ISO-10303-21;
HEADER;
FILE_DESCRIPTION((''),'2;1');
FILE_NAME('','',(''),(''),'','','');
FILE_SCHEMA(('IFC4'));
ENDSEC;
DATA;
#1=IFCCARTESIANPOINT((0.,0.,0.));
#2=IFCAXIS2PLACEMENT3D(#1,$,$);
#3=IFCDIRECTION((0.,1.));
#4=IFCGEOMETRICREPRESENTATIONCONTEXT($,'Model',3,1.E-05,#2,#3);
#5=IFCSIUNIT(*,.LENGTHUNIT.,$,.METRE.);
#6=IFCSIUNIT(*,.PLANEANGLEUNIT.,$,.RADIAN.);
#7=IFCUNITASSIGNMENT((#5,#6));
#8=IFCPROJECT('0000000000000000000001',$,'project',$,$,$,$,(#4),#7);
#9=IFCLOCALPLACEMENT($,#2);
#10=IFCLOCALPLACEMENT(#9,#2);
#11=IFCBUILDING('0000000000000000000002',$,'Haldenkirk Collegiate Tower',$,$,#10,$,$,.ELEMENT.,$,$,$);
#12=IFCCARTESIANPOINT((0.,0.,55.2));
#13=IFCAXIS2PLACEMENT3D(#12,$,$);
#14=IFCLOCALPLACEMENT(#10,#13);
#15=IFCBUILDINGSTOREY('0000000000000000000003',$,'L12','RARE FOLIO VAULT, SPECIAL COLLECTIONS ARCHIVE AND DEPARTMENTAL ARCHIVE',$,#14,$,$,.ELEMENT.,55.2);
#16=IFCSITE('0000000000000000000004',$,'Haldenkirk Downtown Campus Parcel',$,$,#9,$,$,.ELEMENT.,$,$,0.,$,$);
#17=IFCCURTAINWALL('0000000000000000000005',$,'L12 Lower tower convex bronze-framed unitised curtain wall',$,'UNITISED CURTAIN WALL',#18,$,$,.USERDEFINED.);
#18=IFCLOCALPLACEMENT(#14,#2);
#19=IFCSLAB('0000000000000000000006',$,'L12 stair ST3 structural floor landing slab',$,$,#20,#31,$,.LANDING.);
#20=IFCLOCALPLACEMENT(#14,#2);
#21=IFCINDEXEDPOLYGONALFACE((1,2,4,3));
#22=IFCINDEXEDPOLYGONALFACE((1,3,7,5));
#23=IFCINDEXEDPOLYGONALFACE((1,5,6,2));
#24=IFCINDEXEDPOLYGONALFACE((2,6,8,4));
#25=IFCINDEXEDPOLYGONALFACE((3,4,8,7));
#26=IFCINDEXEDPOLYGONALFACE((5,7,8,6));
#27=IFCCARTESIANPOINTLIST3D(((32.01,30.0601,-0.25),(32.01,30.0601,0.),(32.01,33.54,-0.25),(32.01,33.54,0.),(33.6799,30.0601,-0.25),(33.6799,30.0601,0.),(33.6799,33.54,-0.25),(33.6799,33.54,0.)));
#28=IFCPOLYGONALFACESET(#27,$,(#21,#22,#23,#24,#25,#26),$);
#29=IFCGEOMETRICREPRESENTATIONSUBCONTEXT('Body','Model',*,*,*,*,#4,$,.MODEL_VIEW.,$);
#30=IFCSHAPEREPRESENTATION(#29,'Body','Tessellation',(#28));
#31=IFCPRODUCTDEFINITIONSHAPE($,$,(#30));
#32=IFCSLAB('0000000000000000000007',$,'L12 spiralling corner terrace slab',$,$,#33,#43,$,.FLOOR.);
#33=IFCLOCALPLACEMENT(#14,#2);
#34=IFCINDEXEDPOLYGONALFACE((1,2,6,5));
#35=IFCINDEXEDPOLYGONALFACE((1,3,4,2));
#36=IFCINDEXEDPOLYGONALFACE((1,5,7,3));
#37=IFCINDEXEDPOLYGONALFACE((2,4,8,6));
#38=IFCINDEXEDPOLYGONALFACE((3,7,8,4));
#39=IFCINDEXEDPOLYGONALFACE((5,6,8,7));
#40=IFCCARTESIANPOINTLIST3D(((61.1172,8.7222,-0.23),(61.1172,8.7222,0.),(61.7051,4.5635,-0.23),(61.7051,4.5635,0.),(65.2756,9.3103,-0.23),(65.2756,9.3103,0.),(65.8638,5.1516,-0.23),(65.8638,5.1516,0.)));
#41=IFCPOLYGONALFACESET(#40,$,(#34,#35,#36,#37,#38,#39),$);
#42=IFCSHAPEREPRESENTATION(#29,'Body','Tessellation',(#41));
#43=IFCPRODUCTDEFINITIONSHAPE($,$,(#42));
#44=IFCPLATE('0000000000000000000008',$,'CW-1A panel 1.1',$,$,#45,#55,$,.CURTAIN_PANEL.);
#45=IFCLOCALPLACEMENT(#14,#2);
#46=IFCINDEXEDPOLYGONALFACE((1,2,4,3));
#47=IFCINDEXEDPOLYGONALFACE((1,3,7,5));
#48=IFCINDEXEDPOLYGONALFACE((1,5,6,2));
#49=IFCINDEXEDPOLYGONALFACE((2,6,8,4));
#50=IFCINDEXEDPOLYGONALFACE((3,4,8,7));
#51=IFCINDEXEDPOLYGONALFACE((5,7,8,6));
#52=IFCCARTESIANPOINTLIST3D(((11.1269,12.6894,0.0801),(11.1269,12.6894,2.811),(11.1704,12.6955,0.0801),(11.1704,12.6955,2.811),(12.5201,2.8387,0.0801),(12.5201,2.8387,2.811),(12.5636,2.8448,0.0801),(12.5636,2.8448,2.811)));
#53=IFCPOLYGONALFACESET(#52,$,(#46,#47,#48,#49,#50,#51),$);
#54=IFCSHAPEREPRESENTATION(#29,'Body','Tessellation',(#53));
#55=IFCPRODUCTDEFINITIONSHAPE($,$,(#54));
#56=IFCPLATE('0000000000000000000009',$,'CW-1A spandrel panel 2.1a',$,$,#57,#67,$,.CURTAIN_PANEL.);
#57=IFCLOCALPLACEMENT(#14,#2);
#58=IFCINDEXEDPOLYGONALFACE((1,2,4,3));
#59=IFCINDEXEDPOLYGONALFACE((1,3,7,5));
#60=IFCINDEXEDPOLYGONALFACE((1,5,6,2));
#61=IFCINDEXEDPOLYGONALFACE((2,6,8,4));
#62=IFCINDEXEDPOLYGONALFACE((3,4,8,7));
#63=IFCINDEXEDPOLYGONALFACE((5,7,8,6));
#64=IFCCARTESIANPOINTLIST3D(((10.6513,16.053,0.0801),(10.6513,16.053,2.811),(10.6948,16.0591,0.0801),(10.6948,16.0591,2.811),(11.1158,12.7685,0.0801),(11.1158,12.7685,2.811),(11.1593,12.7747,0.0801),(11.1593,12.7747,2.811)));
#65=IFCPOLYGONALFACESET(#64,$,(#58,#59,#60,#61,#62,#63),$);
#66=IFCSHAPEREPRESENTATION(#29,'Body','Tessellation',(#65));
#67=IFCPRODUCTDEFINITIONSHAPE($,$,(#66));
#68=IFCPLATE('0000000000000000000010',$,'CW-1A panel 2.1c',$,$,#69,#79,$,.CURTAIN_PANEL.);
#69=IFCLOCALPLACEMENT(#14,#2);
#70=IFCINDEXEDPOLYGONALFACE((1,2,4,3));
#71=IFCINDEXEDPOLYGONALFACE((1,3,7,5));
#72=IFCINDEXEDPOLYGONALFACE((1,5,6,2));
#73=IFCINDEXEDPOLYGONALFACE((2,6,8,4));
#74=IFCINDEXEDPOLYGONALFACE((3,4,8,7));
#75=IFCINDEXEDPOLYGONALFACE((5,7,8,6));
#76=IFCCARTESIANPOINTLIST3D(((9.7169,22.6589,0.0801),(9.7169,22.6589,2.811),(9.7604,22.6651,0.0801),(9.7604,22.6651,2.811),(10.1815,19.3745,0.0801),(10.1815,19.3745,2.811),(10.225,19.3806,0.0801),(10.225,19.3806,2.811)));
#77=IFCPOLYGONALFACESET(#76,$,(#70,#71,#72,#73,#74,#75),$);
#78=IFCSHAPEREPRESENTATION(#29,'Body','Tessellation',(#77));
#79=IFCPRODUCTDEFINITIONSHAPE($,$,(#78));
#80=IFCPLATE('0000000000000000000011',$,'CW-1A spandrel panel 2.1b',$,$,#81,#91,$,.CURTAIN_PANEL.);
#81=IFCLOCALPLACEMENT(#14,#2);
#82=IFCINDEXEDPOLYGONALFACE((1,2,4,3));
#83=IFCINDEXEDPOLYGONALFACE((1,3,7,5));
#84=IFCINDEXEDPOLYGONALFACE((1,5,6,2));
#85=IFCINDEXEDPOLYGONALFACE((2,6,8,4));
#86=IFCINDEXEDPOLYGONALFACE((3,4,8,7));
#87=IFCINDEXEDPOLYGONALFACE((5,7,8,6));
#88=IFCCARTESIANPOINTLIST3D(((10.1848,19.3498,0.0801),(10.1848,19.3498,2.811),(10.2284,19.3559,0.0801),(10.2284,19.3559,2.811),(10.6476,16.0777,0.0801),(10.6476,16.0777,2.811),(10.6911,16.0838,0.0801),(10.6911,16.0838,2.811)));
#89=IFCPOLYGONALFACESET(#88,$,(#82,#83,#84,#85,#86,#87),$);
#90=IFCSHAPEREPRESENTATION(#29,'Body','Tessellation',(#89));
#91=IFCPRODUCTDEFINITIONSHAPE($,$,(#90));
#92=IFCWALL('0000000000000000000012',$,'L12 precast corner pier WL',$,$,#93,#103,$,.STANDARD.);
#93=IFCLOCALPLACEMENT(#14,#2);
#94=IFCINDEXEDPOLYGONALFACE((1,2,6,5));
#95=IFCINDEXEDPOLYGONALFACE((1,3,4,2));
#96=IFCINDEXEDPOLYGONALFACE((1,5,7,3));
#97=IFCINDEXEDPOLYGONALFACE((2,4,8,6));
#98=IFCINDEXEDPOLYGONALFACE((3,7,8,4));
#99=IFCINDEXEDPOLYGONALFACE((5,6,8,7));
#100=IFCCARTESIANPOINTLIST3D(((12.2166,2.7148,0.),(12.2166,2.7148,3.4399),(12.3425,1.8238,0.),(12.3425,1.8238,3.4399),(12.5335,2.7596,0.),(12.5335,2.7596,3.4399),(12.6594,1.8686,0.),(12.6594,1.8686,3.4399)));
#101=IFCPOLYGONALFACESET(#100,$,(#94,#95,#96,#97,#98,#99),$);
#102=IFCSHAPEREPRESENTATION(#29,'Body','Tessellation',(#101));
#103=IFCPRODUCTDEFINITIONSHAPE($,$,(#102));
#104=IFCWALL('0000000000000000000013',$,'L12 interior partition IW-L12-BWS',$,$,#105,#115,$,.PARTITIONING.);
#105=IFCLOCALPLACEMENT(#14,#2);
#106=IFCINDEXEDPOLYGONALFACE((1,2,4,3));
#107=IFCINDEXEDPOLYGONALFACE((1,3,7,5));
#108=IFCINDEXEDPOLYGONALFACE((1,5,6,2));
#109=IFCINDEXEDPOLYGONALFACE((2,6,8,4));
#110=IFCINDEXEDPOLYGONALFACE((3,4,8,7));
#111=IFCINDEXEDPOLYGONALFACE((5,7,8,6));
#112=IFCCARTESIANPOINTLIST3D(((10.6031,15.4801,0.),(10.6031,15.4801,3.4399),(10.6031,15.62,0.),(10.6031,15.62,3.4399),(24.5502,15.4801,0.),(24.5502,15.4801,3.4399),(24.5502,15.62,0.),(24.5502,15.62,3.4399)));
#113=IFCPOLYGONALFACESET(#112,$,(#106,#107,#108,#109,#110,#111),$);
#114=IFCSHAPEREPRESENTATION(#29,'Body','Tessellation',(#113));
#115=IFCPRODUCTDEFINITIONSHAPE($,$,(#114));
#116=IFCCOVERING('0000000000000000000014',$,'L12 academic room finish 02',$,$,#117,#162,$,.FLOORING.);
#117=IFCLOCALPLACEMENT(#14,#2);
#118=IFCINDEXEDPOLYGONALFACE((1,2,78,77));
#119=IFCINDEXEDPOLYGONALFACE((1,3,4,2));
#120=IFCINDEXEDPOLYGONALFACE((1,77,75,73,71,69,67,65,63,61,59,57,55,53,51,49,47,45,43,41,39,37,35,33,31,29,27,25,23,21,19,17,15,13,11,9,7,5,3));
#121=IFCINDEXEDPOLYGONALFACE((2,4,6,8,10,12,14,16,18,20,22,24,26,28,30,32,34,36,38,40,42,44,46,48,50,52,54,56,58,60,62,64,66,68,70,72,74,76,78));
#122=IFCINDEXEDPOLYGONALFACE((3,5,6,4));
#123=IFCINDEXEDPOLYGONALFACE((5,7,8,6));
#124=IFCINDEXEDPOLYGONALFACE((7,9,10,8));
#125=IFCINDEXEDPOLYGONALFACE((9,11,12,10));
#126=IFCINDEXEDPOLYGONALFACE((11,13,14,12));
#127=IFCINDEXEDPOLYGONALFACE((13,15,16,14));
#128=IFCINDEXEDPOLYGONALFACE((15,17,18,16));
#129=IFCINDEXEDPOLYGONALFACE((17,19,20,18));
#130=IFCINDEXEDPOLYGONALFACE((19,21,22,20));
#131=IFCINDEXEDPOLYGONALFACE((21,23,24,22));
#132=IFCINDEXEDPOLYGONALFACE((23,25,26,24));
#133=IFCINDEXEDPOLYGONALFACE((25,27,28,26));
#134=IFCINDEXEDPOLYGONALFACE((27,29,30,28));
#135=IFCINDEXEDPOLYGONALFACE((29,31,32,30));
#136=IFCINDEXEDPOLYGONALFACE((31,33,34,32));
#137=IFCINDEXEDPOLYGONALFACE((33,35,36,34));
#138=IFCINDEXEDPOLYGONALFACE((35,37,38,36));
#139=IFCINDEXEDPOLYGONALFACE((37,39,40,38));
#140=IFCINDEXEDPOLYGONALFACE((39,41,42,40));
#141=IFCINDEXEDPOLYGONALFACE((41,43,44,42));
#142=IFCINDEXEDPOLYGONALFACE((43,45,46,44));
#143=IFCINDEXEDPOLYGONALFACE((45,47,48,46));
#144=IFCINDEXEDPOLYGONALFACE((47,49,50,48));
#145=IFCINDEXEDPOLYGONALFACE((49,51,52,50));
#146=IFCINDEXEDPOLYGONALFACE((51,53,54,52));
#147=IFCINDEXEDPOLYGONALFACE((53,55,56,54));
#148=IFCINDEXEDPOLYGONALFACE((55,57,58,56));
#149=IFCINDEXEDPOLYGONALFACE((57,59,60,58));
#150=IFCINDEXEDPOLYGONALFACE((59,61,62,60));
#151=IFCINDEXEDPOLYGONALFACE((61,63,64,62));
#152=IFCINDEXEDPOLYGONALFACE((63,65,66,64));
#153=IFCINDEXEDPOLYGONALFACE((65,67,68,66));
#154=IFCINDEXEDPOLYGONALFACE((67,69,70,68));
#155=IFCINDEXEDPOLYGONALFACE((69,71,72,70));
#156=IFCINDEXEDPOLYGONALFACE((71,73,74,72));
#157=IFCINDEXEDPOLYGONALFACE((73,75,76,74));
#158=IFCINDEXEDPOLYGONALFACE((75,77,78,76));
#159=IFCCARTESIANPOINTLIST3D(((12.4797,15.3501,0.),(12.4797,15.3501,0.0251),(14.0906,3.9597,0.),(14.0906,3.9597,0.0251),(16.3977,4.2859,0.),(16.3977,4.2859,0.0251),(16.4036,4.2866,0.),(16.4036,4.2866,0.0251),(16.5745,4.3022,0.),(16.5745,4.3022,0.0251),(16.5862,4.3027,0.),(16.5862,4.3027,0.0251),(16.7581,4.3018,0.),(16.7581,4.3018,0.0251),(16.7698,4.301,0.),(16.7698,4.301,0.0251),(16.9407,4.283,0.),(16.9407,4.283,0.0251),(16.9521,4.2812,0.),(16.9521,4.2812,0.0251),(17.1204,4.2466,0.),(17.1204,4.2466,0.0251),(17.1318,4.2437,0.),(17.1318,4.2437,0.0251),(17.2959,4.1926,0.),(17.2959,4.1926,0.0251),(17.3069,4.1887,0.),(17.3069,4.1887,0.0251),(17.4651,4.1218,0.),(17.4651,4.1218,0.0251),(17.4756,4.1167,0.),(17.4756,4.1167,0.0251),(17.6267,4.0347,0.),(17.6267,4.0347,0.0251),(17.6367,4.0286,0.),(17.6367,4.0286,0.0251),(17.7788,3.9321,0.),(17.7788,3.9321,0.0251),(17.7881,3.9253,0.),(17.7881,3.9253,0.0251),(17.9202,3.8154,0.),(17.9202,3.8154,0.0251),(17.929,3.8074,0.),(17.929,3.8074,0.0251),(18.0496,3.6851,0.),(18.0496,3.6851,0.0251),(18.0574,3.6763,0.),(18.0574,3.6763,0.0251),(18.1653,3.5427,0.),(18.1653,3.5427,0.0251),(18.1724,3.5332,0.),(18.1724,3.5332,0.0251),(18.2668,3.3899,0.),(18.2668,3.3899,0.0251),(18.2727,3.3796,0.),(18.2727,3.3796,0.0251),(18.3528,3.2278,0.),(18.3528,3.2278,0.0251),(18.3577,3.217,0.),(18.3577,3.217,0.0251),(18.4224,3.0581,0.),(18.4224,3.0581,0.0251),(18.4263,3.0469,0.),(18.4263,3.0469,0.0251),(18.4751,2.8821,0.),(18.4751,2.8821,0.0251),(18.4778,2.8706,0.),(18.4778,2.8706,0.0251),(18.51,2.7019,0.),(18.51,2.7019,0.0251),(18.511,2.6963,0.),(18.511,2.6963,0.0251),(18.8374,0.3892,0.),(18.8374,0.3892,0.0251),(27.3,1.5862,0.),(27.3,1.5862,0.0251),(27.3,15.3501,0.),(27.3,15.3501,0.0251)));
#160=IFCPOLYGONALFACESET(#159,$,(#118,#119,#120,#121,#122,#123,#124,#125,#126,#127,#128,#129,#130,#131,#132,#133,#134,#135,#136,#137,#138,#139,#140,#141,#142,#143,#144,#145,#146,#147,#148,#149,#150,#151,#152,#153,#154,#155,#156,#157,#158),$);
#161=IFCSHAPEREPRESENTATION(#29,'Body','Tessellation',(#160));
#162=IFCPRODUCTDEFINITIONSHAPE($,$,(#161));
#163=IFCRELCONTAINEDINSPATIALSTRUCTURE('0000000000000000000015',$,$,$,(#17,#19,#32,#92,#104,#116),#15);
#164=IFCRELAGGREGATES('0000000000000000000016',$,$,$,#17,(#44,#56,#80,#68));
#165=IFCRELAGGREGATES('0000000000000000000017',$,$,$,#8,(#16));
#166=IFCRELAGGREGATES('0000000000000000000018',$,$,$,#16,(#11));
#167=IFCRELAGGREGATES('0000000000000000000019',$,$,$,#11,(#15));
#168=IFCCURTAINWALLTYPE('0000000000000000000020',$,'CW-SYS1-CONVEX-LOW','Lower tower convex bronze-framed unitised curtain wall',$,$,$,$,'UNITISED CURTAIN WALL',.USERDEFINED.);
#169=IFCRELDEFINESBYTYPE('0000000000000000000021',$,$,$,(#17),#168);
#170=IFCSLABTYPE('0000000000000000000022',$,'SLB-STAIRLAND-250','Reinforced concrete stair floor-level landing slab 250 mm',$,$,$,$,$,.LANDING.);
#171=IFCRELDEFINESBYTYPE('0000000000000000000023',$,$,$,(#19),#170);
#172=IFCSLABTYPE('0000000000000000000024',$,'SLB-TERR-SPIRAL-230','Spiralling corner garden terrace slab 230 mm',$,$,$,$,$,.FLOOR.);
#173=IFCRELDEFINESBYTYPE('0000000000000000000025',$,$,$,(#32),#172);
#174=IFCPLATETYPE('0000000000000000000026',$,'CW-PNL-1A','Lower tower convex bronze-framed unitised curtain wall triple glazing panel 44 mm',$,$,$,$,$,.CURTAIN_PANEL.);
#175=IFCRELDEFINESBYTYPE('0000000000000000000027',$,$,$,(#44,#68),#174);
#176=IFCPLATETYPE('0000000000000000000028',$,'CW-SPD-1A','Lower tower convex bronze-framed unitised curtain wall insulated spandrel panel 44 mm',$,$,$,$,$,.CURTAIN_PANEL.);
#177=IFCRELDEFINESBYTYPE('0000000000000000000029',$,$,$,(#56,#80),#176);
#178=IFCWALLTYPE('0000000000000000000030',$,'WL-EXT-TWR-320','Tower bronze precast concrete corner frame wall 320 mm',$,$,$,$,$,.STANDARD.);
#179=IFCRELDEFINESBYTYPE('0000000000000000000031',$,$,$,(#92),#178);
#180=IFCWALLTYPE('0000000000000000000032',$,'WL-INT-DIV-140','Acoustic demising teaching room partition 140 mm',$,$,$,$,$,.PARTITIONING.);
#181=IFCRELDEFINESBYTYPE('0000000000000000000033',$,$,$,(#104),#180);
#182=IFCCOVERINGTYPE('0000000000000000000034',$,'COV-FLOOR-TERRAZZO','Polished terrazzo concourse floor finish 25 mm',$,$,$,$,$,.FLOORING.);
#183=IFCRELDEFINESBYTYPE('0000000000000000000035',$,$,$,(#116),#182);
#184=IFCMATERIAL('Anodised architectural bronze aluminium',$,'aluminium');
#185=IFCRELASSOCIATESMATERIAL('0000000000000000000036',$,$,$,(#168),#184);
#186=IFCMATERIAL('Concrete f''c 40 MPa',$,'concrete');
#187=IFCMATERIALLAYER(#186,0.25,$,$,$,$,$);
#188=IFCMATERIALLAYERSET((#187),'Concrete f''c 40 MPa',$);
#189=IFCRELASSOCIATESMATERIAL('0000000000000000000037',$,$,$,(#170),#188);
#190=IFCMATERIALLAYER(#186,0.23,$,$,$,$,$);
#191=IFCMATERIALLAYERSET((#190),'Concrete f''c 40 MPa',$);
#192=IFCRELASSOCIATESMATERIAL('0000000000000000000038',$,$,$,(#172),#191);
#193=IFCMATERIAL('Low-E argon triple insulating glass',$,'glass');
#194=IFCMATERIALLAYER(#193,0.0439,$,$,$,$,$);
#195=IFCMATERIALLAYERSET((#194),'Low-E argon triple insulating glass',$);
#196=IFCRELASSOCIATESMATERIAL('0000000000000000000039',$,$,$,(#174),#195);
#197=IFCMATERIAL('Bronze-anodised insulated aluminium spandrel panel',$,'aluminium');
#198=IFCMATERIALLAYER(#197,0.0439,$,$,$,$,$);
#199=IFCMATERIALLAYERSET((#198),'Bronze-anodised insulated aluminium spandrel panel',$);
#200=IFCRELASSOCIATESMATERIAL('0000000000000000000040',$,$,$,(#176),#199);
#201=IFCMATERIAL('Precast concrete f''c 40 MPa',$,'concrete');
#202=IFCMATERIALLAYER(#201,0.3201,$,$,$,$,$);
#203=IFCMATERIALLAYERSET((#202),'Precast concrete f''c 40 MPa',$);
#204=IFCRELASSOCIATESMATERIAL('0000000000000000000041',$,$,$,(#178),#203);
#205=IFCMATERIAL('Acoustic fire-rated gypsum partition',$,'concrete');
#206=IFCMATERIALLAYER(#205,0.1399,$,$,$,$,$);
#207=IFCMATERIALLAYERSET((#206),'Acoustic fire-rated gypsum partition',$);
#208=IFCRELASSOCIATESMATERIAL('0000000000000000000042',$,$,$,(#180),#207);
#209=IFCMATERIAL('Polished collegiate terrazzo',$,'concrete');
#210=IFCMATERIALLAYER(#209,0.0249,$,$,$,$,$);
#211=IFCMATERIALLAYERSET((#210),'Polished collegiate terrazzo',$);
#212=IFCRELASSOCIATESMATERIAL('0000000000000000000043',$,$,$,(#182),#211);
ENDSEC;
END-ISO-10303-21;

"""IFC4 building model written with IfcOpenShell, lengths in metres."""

from ifc_helpers import new_model, si_unit, direction, frame, frame_2d, origin, origin_2d, place, context, subcontext, project, spatial, polyline, rectangle, outline, extrude, source, transform, mapped, material, layer, layer_set, type_object, element, aggregate, save


model = new_model("IFC4")

# Units and contexts
model_context = context("Model", 3, precision=1e-05, world=origin(), true_north=direction((0.0, 1.0)))
body_context = subcontext(model_context, "Body", "Model", "MODEL_VIEW")
ifc_project = project(units=[si_unit("LENGTHUNIT", "METRE"), si_unit("PLANEANGLEUNIT", "RADIAN")], contexts=[model_context])

# Site, building, storey
site_placement = place(None, origin())
site = spatial("IfcSite", under=ifc_project, at=site_placement, Name="Haldenkirk Downtown Campus Parcel", CompositionType="ELEMENT", RefElevation=0.0)
building_placement = place(site_placement, origin())
building = spatial("IfcBuilding", under=site, at=building_placement, Name="Haldenkirk Collegiate Tower", CompositionType="ELEMENT")
storey_placement = place(building_placement, frame((0.0, 0.0, 55.2)))
storey = spatial("IfcBuildingStorey", under=building, at=storey_placement, Name="L12", Description="RARE FOLIO VAULT, SPECIAL COLLECTIONS ARCHIVE AND DEPARTMENTAL ARCHIVE", CompositionType="ELEMENT", Elevation=55.2)

# Curtain wall
ifc_material_1 = material(Name="Anodised architectural bronze aluminium", Category="aluminium")
curtain_wall_type = type_object("IfcCurtainWallType", Name="CW-SYS1-CONVEX-LOW", Description="Lower tower convex bronze-framed unitised curtain wall", ElementType="UNITISED CURTAIN WALL", PredefinedType="USERDEFINED", material=ifc_material_1)
curtain_wall_placement = place(storey_placement, origin())
curtain_wall = element("IfcCurtainWall", 1, at=curtain_wall_placement, inside=storey, type_object=curtain_wall_type, Name="L12 Lower tower convex bronze-framed unitised curtain wall", ObjectType="UNITISED CURTAIN WALL", PredefinedType="USERDEFINED")

# Shared definitions
ifc_material_2 = material(Name="Concrete f'c 40 MPa", Category="concrete")

# Slabs
ifc_layer_1 = layer(ifc_material_2, 0.25)
ifc_layer_set_1 = layer_set([ifc_layer_1], Name="Concrete f'c 40 MPa")
slab_type_1 = type_object("IfcSlabType", Name="SLB-STAIRLAND-250", Description="Reinforced concrete stair floor-level landing slab 250 mm", PredefinedType="LANDING", material=ifc_layer_set_1)
slab_1_placement = place(storey_placement, frame((0.0, 0.0, -0.25)))
element("IfcSlab", 2, at=slab_1_placement, inside=storey, type_object=slab_type_1, Name="L12 stair ST3 structural floor landing slab", PredefinedType="LANDING", context=body_context, shape_type="SweptSolid", body=[
    extrude(outline(polyline([(32.01, 30.0601), (33.6799, 30.0601), (33.6799, 33.54), (32.01, 33.54), (32.01, 30.0601)])), origin(), (0.0, 0.0, 1.0), 0.25),
])
ifc_layer_2 = layer(ifc_material_2, 0.23)
ifc_layer_set_2 = layer_set([ifc_layer_2], Name="Concrete f'c 40 MPa")
slab_type_2 = type_object("IfcSlabType", Name="SLB-TERR-SPIRAL-230", Description="Spiralling corner garden terrace slab 230 mm", PredefinedType="FLOOR", material=ifc_layer_set_2)
slab_2_placement = place(storey_placement, frame((0.0, 0.0, -0.23)))
element("IfcSlab", 3, at=slab_2_placement, inside=storey, type_object=slab_type_2, Name="L12 spiralling corner terrace slab", PredefinedType="FLOOR", context=body_context, shape_type="SweptSolid", body=[
    extrude(outline(polyline([(61.7051, 4.5635), (65.8638, 5.1516), (65.2756, 9.3103), (61.1172, 8.7222), (61.7051, 4.5635)])), origin(), (0.0, 0.0, 1.0), 0.23),
])

# Plates
ifc_material_3 = material(Name="Low-E argon triple insulating glass", Category="glass")
ifc_layer_3 = layer(ifc_material_3, 0.0439)
ifc_layer_set_3 = layer_set([ifc_layer_3], Name="Low-E argon triple insulating glass")
plate_type_1 = type_object("IfcPlateType", Name="CW-PNL-1A", Description="Lower tower convex bronze-framed unitised curtain wall triple glazing panel 44 mm", PredefinedType="CURTAIN_PANEL", material=ifc_layer_set_3)
shared_shape_1 = source(origin(), body_context, "Body", "SweptSolid", [
    extrude(rectangle(XDim=9.9487, YDim=0.0439, at=origin_2d()), origin(), (0.0, 0.0, 1.0), 2.731),
])
plate_1_placement = place(storey_placement, frame((11.8452, 7.7671, 0.0801), z_axis=(0.0, 0.0, 1.0), x_axis=(-0.140039, 0.990146, 0.0)))
plate_1 = element("IfcPlate", 4, at=plate_1_placement, type_object=plate_type_1, Name="CW-1A panel 1.1", PredefinedType="CURTAIN_PANEL", context=body_context, shape_type="MappedRepresentation", body=[
    mapped(shared_shape_1, transform((0.0, 0.0, 0.0), x_axis=(1.0, 0.0, 0.0), y_axis=(0.0, 1.0, 0.0), z_axis=(0.0, 0.0, 1.0), scale=1.0)),
])
ifc_material_4 = material(Name="Bronze-anodised insulated aluminium spandrel panel", Category="aluminium")
ifc_layer_4 = layer(ifc_material_4, 0.0439)
ifc_layer_set_4 = layer_set([ifc_layer_4], Name="Bronze-anodised insulated aluminium spandrel panel")
plate_type_2 = type_object("IfcPlateType", Name="CW-SPD-1A", Description="Lower tower convex bronze-framed unitised curtain wall insulated spandrel panel 44 mm", PredefinedType="CURTAIN_PANEL", material=ifc_layer_set_4)
shared_shape_2 = source(origin(), body_context, "Body", "SweptSolid", [
    extrude(rectangle(XDim=3.3171, YDim=0.0439, at=origin_2d()), origin(), (0.0, 0.0, 1.0), 2.731),
])
plate_2_placement = place(storey_placement, frame((10.9053, 14.4138, 0.0801), z_axis=(0.0, 0.0, 1.0), x_axis=(-0.140039, 0.990146, 0.0)))
plate_2 = element("IfcPlate", 5, at=plate_2_placement, type_object=plate_type_2, Name="CW-1A spandrel panel 2.1a", PredefinedType="CURTAIN_PANEL", context=body_context, shape_type="MappedRepresentation", body=[
    mapped(shared_shape_2, transform((0.0, 0.0, 0.0), x_axis=(1.0, 0.0, 0.0), y_axis=(0.0, 1.0, 0.0), z_axis=(0.0, 0.0, 1.0), scale=1.0)),
])
plate_3_placement = place(storey_placement, frame((9.9709, 21.0198, 0.0801), z_axis=(0.0, 0.0, 1.0), x_axis=(-0.140039, 0.990146, 0.0)))
plate_3 = element("IfcPlate", 6, at=plate_3_placement, type_object=plate_type_1, Name="CW-1A panel 2.1c", PredefinedType="CURTAIN_PANEL", context=body_context, shape_type="MappedRepresentation", body=[
    mapped(shared_shape_2, transform((0.0, 0.0, 0.0), x_axis=(1.0, 0.0, 0.0), y_axis=(0.0, 1.0, 0.0), z_axis=(0.0, 0.0, 1.0), scale=1.0)),
])
shared_shape_3 = source(origin(), body_context, "Body", "SweptSolid", [
    extrude(rectangle(XDim=3.3047, YDim=0.0439, at=origin_2d()), origin(), (0.0, 0.0, 1.0), 2.731),
])
plate_4_placement = place(storey_placement, frame((10.438, 17.7168, 0.0801), z_axis=(0.0, 0.0, 1.0), x_axis=(-0.140039, 0.990146, 0.0)))
plate_4 = element("IfcPlate", 7, at=plate_4_placement, type_object=plate_type_2, Name="CW-1A spandrel panel 2.1b", PredefinedType="CURTAIN_PANEL", context=body_context, shape_type="MappedRepresentation", body=[
    mapped(shared_shape_3, transform((0.0, 0.0, 0.0), x_axis=(1.0, 0.0, 0.0), y_axis=(0.0, 1.0, 0.0), z_axis=(0.0, 0.0, 1.0), scale=1.0)),
])
aggregate(curtain_wall, [plate_1, plate_2, plate_4, plate_3])

# Walls
ifc_material_5 = material(Name="Precast concrete f'c 40 MPa", Category="concrete")
ifc_layer_5 = layer(ifc_material_5, 0.3201)
ifc_layer_set_5 = layer_set([ifc_layer_5], Name="Precast concrete f'c 40 MPa")
wall_type_1 = type_object("IfcWallType", Name="WL-EXT-TWR-320", Description="Tower bronze precast concrete corner frame wall 320 mm", PredefinedType="STANDARD", material=ifc_layer_set_5)
wall_1_placement = place(storey_placement, frame((12.501, 1.8462, 0.0), z_axis=(0.0, 0.0, 1.0), x_axis=(-0.139978, 0.990155, 0.0)))
element("IfcWall", 8, at=wall_1_placement, inside=storey, type_object=wall_type_1, Name="L12 precast corner pier WL", PredefinedType="STANDARD", context=body_context, shape_type="SweptSolid", body=[
    extrude(rectangle(XDim=0.8999, YDim=0.3201, at=frame_2d((0.45, 0.0))), origin(), (0.0, 0.0, 1.0), 3.4399),
])
ifc_material_6 = material(Name="Acoustic fire-rated gypsum partition", Category="concrete")
ifc_layer_6 = layer(ifc_material_6, 0.1399)
ifc_layer_set_6 = layer_set([ifc_layer_6], Name="Acoustic fire-rated gypsum partition")
wall_type_2 = type_object("IfcWallType", Name="WL-INT-DIV-140", Description="Acoustic demising teaching room partition 140 mm", PredefinedType="PARTITIONING", material=ifc_layer_set_6)
wall_2_placement = place(storey_placement, frame((10.603, 15.55, 0.0), z_axis=(0.0, 0.0, 1.0), x_axis=(1.0, 0.0, 0.0)))
element("IfcWall", 9, at=wall_2_placement, inside=storey, type_object=wall_type_2, Name="L12 interior partition IW-L12-BWS", PredefinedType="PARTITIONING", context=body_context, shape_type="SweptSolid", body=[
    extrude(rectangle(XDim=13.947, YDim=0.1399, at=frame_2d((6.9736, 0.0))), origin(), (0.0, 0.0, 1.0), 3.4399),
])

# Covering
ifc_material_7 = material(Name="Polished collegiate terrazzo", Category="concrete")
ifc_layer_7 = layer(ifc_material_7, 0.0249)
ifc_layer_set_7 = layer_set([ifc_layer_7], Name="Polished collegiate terrazzo")
covering_type_1 = type_object("IfcCoveringType", Name="COV-FLOOR-TERRAZZO", Description="Polished terrazzo concourse floor finish 25 mm", PredefinedType="FLOORING", material=ifc_layer_set_7)
covering_1_placement = place(storey_placement, origin())
element("IfcCovering", 10, at=covering_1_placement, inside=storey, type_object=covering_type_1, Name="L12 academic room finish 02", PredefinedType="FLOORING", context=body_context, shape_type="SweptSolid", body=[
    extrude(outline(polyline([(18.1724, 3.5332), (18.1653, 3.5427), (18.0574, 3.6763), (18.0496, 3.6851), (17.929, 3.8074), (17.9202, 3.8154), (17.7881, 3.9253), (17.7788, 3.9321), (17.6367, 4.0286), (17.6267, 4.0347), (17.4756, 4.1167), (17.4651, 4.1218), (17.3069, 4.1887), (17.2959, 4.1926), (17.1318, 4.2437), (17.1204, 4.2466), (16.9521, 4.2812), (16.9407, 4.283), (16.7698, 4.301), (16.7581, 4.3018), (16.5862, 4.3027), (16.5745, 4.3022), (16.4036, 4.2866), (16.3977, 4.2859), (14.0906, 3.9597), (12.4797, 15.3501), (27.3, 15.3501), (27.3, 1.5862), (18.8374, 0.3892), (18.511, 2.6963), (18.51, 2.7019), (18.4778, 2.8706), (18.4751, 2.8821), (18.4263, 3.0469), (18.4224, 3.0581), (18.3577, 3.217), (18.3528, 3.2278), (18.2727, 3.3796), (18.2668, 3.3899), (18.1724, 3.5332)])), origin(), (0.0, 0.0, 1.0), 0.0251),
])

save(model, "model.ifc")
